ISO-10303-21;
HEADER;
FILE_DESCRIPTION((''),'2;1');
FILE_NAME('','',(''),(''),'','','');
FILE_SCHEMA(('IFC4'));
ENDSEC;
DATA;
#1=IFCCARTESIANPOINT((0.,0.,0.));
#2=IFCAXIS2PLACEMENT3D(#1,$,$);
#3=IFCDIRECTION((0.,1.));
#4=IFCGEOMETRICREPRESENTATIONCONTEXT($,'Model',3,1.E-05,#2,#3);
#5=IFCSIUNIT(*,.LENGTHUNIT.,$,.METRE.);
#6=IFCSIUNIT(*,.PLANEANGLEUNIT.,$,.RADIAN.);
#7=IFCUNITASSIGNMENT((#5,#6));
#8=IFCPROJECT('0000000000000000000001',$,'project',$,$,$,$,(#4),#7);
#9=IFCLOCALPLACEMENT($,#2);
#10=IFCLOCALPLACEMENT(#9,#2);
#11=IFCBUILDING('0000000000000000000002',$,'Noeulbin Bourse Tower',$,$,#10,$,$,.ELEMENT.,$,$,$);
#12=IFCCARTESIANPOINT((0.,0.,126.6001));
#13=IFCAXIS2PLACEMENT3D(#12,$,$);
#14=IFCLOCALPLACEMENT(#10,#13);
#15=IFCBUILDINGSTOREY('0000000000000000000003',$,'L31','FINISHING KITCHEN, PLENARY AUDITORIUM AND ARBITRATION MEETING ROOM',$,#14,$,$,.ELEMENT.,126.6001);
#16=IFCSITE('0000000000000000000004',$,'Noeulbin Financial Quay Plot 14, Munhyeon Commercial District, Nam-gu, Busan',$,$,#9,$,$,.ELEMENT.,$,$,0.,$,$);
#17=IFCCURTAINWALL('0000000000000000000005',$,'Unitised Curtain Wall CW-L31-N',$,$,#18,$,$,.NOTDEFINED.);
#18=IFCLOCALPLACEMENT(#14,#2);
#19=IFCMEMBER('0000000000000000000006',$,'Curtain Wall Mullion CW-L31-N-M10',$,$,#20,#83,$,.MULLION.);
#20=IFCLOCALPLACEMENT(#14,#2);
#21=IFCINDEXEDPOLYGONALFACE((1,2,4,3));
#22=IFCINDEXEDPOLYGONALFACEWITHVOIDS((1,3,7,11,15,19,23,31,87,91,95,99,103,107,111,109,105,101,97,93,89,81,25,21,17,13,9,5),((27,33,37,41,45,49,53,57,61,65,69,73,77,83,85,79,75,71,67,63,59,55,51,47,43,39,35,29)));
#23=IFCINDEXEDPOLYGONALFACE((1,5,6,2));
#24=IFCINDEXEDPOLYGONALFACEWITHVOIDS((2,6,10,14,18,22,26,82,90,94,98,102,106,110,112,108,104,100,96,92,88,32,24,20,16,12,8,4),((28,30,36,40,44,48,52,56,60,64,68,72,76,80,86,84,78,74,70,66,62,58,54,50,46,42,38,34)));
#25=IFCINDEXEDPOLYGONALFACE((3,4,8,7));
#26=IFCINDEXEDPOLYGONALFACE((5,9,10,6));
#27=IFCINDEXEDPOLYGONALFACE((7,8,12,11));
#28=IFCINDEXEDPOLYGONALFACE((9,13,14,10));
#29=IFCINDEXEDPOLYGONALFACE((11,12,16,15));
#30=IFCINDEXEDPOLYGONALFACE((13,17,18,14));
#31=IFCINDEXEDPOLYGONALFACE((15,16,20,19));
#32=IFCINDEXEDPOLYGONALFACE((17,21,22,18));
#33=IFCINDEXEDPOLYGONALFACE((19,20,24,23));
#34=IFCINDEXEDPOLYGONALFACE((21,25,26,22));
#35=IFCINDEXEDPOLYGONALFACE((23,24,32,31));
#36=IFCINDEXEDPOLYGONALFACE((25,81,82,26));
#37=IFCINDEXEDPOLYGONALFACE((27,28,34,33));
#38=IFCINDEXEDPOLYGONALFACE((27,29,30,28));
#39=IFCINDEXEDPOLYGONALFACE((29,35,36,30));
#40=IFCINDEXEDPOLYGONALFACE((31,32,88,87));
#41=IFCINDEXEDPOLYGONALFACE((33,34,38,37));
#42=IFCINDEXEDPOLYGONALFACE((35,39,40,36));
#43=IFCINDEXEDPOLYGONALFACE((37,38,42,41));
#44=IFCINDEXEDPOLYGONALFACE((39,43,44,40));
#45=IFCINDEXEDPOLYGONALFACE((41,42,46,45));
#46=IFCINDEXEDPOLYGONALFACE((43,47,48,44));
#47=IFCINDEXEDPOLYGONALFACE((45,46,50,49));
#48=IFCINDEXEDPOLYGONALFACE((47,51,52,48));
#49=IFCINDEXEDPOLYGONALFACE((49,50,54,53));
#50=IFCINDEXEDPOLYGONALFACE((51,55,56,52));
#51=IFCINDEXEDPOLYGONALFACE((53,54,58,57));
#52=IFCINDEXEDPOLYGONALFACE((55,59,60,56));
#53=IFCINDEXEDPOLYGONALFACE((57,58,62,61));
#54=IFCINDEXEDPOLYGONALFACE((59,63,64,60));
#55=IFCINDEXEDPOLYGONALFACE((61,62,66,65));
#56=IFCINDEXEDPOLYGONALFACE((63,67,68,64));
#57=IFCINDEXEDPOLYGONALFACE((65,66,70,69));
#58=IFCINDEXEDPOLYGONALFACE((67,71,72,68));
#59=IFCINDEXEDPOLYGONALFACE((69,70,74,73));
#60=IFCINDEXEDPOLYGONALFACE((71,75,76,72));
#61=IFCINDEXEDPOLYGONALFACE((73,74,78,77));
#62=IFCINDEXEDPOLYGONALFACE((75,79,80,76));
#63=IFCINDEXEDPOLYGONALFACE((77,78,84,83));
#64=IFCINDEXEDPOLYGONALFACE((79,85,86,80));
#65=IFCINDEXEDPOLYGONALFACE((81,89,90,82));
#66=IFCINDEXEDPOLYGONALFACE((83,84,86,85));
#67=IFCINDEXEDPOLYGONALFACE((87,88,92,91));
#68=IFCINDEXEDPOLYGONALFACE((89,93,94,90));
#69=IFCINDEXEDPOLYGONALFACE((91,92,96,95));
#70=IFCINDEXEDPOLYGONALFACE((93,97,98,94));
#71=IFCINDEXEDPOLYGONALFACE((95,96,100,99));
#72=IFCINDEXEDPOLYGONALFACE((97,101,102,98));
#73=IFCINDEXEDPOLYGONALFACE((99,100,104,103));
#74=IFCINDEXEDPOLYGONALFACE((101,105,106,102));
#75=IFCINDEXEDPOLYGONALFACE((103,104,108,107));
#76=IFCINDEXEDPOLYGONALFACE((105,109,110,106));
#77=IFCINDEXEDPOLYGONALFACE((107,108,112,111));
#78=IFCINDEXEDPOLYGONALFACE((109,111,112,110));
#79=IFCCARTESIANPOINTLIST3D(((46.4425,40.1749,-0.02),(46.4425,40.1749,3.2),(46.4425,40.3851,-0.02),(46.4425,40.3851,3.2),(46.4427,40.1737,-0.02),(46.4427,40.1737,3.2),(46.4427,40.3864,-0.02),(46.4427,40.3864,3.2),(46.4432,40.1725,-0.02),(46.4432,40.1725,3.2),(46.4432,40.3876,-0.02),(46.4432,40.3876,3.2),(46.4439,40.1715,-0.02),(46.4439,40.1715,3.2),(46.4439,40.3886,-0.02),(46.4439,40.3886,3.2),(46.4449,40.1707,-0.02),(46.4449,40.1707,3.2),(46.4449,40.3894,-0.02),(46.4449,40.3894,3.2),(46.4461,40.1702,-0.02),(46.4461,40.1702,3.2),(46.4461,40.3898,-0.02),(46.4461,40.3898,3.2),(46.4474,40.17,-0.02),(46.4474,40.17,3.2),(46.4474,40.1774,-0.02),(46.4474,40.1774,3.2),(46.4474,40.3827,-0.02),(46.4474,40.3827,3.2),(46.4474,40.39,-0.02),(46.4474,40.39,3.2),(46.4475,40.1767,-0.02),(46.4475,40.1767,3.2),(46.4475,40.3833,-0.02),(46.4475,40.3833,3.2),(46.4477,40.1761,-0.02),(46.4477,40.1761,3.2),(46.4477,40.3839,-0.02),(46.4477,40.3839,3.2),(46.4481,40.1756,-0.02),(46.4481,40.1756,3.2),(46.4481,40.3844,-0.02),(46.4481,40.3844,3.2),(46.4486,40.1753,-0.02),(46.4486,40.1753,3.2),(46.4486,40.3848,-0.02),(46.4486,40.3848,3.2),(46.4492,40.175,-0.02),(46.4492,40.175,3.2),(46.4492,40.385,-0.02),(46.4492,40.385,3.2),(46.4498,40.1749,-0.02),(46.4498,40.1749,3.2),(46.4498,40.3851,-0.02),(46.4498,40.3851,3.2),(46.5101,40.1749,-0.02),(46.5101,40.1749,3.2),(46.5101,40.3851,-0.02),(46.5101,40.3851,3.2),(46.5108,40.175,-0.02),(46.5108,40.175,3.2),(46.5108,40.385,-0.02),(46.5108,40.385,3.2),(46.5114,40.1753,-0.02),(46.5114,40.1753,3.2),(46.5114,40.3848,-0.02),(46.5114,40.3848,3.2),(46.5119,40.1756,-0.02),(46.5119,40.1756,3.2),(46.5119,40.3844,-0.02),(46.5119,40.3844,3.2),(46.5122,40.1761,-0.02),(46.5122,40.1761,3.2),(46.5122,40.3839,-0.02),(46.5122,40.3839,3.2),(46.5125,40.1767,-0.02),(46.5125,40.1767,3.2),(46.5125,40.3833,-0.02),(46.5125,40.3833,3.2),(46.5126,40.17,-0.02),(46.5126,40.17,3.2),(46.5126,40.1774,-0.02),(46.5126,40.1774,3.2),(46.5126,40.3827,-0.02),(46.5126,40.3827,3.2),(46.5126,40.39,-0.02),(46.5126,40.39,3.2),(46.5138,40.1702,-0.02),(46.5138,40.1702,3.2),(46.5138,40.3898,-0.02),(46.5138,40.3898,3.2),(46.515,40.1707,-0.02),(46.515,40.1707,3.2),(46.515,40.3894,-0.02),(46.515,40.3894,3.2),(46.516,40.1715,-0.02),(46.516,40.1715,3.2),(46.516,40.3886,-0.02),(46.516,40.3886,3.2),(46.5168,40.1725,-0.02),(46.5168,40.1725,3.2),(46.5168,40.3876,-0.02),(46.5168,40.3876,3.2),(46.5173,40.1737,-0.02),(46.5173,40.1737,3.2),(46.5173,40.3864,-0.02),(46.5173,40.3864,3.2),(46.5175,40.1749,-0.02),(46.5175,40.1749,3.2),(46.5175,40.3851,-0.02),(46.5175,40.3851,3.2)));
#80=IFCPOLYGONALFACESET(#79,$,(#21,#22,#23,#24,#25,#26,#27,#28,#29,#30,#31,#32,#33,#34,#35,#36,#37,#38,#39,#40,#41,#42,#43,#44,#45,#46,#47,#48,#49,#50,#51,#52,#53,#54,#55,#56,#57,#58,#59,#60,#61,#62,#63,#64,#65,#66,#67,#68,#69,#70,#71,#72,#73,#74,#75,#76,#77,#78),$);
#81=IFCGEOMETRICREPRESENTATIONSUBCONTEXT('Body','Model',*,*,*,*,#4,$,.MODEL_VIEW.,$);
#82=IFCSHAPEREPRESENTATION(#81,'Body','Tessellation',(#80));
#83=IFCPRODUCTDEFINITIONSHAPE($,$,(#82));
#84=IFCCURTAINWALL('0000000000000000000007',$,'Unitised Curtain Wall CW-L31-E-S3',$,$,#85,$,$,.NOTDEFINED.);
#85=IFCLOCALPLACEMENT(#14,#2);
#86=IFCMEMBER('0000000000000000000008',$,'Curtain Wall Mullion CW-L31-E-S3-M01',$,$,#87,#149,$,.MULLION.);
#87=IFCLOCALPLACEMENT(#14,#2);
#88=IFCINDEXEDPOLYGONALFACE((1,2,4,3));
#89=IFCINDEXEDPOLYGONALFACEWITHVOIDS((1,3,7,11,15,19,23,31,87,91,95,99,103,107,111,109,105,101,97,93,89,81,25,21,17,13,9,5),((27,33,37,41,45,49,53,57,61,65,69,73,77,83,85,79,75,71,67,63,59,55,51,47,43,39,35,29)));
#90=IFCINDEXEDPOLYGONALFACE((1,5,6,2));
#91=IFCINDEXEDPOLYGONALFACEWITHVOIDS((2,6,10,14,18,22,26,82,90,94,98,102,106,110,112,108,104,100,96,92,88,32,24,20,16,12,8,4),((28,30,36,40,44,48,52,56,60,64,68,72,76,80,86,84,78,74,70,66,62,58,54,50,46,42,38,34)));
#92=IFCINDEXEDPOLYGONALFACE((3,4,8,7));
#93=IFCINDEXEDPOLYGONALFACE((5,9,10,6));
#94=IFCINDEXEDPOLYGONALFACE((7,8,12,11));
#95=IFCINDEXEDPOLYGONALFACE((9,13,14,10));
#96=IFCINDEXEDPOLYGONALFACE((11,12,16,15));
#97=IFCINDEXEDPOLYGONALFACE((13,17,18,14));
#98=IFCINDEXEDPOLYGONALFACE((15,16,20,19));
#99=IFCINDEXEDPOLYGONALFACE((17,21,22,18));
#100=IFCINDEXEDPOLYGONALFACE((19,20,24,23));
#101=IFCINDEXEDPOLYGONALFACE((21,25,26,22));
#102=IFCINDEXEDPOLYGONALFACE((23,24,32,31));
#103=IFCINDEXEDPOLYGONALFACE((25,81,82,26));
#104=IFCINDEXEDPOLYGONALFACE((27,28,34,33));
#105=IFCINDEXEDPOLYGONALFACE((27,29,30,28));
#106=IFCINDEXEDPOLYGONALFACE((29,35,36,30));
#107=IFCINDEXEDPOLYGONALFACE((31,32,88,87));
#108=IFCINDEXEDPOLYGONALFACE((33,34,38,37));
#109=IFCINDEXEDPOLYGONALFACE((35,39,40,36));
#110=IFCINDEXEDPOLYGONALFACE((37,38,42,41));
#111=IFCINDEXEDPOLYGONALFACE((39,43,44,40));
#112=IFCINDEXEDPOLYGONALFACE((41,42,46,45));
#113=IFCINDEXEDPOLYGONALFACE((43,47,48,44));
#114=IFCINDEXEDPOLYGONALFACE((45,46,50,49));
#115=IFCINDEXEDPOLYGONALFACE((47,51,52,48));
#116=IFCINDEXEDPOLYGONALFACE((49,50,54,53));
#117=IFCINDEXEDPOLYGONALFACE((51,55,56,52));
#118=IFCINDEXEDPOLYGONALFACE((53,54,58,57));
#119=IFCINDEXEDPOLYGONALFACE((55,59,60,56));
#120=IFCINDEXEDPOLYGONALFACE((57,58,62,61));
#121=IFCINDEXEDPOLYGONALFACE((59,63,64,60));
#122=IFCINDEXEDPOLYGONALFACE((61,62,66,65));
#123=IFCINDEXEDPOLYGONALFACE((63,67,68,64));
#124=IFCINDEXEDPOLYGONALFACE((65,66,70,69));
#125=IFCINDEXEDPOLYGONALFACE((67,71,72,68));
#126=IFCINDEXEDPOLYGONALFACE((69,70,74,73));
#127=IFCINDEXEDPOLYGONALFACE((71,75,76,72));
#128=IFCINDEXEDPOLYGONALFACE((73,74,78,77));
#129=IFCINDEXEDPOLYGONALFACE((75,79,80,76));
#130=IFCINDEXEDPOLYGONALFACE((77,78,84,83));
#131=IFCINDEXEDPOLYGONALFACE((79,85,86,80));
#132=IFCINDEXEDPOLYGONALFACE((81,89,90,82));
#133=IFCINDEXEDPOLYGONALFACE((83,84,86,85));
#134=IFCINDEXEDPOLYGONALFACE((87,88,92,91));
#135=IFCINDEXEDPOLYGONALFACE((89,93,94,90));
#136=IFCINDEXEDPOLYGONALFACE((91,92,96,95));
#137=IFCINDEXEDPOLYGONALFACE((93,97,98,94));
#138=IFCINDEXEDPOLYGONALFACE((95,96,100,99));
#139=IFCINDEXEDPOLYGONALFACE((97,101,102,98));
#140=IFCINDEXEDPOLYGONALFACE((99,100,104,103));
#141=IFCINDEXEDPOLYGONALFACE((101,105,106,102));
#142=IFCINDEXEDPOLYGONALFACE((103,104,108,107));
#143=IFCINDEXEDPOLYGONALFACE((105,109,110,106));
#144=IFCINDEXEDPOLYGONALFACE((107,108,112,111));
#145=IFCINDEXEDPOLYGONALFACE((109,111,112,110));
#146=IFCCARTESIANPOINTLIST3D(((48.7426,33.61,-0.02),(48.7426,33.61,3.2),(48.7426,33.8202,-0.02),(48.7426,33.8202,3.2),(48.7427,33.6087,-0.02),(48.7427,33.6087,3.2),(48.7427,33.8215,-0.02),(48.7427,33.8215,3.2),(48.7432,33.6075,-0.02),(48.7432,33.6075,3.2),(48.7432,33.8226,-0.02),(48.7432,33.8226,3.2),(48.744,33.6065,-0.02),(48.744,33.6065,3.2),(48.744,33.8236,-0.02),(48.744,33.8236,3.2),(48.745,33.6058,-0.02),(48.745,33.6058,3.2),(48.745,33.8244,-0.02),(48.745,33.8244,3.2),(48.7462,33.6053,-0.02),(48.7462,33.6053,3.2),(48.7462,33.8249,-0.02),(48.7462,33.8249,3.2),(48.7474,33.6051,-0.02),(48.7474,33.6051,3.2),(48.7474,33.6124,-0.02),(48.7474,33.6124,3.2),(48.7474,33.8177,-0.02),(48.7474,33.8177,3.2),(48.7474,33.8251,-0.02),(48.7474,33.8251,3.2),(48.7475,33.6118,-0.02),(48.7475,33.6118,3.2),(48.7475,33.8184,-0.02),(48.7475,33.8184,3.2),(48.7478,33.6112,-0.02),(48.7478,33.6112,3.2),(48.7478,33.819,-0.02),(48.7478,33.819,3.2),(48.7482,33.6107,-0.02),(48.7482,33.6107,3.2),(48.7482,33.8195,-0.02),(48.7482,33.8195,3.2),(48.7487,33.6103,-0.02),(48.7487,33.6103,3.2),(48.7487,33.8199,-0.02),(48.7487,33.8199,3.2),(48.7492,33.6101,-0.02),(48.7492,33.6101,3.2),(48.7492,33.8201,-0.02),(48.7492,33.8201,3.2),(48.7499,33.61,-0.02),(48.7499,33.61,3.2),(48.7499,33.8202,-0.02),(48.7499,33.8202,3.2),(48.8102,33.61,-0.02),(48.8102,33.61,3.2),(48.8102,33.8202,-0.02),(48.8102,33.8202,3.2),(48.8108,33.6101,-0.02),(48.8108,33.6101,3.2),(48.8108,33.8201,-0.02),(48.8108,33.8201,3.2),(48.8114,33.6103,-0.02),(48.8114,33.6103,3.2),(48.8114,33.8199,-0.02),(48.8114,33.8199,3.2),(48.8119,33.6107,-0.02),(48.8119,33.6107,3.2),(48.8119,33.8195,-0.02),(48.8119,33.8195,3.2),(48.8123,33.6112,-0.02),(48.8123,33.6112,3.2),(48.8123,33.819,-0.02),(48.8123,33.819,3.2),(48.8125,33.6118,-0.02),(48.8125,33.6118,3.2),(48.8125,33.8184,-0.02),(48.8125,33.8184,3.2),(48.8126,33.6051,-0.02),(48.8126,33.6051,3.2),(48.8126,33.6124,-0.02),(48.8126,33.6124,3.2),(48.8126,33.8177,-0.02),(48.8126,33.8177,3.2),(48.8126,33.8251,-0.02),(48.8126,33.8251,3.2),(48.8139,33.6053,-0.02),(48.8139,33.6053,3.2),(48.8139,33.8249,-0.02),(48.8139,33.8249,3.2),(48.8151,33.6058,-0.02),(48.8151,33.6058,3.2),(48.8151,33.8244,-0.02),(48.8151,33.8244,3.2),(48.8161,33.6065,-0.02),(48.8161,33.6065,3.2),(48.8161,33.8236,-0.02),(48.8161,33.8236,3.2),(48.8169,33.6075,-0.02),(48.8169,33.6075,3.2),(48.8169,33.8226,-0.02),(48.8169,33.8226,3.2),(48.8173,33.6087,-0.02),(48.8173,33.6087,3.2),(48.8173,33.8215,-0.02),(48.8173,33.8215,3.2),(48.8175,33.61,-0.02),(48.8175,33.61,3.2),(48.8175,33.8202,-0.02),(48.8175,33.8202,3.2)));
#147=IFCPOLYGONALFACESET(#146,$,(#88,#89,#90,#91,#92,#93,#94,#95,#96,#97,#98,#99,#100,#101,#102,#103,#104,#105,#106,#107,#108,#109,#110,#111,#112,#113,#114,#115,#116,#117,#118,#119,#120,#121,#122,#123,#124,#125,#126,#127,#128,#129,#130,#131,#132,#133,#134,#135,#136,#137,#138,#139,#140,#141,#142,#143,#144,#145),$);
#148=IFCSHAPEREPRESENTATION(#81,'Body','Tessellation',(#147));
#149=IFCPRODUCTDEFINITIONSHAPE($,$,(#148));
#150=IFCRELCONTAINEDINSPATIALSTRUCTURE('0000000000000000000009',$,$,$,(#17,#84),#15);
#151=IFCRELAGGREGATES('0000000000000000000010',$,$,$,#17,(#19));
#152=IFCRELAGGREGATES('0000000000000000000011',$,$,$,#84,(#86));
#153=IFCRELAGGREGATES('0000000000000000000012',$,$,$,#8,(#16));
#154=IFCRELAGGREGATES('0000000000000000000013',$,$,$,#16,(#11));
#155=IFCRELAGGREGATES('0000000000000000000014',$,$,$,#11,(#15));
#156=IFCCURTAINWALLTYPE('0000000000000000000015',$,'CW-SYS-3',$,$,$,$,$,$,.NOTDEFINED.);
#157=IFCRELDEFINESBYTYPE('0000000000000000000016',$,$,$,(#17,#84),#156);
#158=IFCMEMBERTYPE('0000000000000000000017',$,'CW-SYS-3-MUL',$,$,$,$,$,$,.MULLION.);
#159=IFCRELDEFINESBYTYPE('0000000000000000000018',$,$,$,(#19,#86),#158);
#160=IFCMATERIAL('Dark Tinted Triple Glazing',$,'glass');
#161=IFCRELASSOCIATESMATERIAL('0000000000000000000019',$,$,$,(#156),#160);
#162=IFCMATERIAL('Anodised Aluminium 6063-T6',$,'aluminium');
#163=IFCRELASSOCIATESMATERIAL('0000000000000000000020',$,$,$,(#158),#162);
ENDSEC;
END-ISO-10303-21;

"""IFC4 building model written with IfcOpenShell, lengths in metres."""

from ifc_helpers import new_model, si_unit, direction, frame, origin, origin_2d, place, context, subcontext, project, spatial, hollow_rectangle, extrude, material, material_profile, profile_set, type_object, element, aggregate, save


model = new_model("IFC4")

# Units and contexts
model_context = context("Model", 3, precision=1e-05, world=origin(), true_north=direction((0.0, 1.0)))
body_context = subcontext(model_context, "Body", "Model", "MODEL_VIEW")
ifc_project = project(units=[si_unit("LENGTHUNIT", "METRE"), si_unit("PLANEANGLEUNIT", "RADIAN")], contexts=[model_context])

# Site, building, storey
site_placement = place(None, origin())
site = spatial("IfcSite", under=ifc_project, at=site_placement, Name="Noeulbin Financial Quay Plot 14, Munhyeon Commercial District, Nam-gu, Busan", CompositionType="ELEMENT", RefElevation=0.0)
building_placement = place(site_placement, origin())
building = spatial("IfcBuilding", under=site, at=building_placement, Name="Noeulbin Bourse Tower", CompositionType="ELEMENT")
storey_placement = place(building_placement, frame((0.0, 0.0, 126.6001)))
storey = spatial("IfcBuildingStorey", under=building, at=storey_placement, Name="L31", Description="FINISHING KITCHEN, PLENARY AUDITORIUM AND ARBITRATION MEETING ROOM", CompositionType="ELEMENT", Elevation=126.6001)

# Curtain walls, members
ifc_material_1 = material(Name="Dark Tinted Triple Glazing", Category="glass")
curtain_wall_type = type_object("IfcCurtainWallType", Name="CW-SYS-3", PredefinedType="NOTDEFINED", material=ifc_material_1)
curtain_wall_1_placement = place(storey_placement, origin())
curtain_wall_1 = element("IfcCurtainWall", 1, at=curtain_wall_1_placement, inside=storey, type_object=curtain_wall_type, Name="Unitised Curtain Wall CW-L31-N", PredefinedType="NOTDEFINED")
ifc_material_2 = material(Name="Anodised Aluminium 6063-T6", Category="aluminium")
ifc_material_profile_1 = material_profile(ifc_material_2, hollow_rectangle(XDim=0.075, YDim=0.22, WallThickness=0.0049, InnerFilletRadius=0.0024, OuterFilletRadius=0.0049, at=origin_2d()), Name="ALU-MULL-75x220x5", Category="LoadBearing")
ifc_profile_set_1 = profile_set([ifc_material_profile_1], Name="Anodised Aluminium 6063-T6")
member_type_1 = type_object("IfcMemberType", Name="CW-SYS-3-MUL", PredefinedType="MULLION", material=ifc_profile_set_1)
member_1_placement = place(storey_placement, frame((46.48, 40.28, -0.02), z_axis=(0.0, 0.0, 1.0), x_axis=(1.0, 0.0, 0.0)))
member_1 = element("IfcMember", 2, at=member_1_placement, type_object=member_type_1, Name="Curtain Wall Mullion CW-L31-N-M10", PredefinedType="MULLION", context=body_context, shape_type="SweptSolid", body=[
    extrude(hollow_rectangle(XDim=0.075, YDim=0.22, WallThickness=0.0049, InnerFilletRadius=0.0024, OuterFilletRadius=0.0049, at=origin_2d()), origin(), (0.0, 0.0, 1.0), 3.22),
])
curtain_wall_2_placement = place(storey_placement, origin())
curtain_wall_2 = element("IfcCurtainWall", 3, at=curtain_wall_2_placement, inside=storey, type_object=curtain_wall_type, Name="Unitised Curtain Wall CW-L31-E-S3", PredefinedType="NOTDEFINED")
member_2_placement = place(storey_placement, frame((48.78, 33.7151, -0.02), z_axis=(0.0, 0.0, 1.0), x_axis=(1.0, 0.0, 0.0)))
member_2 = element("IfcMember", 4, at=member_2_placement, type_object=member_type_1, Name="Curtain Wall Mullion CW-L31-E-S3-M01", PredefinedType="MULLION", context=body_context, shape_type="SweptSolid", body=[
    extrude(hollow_rectangle(XDim=0.075, YDim=0.22, WallThickness=0.0049, InnerFilletRadius=0.0024, OuterFilletRadius=0.0049, at=origin_2d()), origin(), (0.0, 0.0, 1.0), 3.22),
])

aggregate(curtain_wall_1, [member_1])
aggregate(curtain_wall_2, [member_2])

save(model, "model.ifc")
